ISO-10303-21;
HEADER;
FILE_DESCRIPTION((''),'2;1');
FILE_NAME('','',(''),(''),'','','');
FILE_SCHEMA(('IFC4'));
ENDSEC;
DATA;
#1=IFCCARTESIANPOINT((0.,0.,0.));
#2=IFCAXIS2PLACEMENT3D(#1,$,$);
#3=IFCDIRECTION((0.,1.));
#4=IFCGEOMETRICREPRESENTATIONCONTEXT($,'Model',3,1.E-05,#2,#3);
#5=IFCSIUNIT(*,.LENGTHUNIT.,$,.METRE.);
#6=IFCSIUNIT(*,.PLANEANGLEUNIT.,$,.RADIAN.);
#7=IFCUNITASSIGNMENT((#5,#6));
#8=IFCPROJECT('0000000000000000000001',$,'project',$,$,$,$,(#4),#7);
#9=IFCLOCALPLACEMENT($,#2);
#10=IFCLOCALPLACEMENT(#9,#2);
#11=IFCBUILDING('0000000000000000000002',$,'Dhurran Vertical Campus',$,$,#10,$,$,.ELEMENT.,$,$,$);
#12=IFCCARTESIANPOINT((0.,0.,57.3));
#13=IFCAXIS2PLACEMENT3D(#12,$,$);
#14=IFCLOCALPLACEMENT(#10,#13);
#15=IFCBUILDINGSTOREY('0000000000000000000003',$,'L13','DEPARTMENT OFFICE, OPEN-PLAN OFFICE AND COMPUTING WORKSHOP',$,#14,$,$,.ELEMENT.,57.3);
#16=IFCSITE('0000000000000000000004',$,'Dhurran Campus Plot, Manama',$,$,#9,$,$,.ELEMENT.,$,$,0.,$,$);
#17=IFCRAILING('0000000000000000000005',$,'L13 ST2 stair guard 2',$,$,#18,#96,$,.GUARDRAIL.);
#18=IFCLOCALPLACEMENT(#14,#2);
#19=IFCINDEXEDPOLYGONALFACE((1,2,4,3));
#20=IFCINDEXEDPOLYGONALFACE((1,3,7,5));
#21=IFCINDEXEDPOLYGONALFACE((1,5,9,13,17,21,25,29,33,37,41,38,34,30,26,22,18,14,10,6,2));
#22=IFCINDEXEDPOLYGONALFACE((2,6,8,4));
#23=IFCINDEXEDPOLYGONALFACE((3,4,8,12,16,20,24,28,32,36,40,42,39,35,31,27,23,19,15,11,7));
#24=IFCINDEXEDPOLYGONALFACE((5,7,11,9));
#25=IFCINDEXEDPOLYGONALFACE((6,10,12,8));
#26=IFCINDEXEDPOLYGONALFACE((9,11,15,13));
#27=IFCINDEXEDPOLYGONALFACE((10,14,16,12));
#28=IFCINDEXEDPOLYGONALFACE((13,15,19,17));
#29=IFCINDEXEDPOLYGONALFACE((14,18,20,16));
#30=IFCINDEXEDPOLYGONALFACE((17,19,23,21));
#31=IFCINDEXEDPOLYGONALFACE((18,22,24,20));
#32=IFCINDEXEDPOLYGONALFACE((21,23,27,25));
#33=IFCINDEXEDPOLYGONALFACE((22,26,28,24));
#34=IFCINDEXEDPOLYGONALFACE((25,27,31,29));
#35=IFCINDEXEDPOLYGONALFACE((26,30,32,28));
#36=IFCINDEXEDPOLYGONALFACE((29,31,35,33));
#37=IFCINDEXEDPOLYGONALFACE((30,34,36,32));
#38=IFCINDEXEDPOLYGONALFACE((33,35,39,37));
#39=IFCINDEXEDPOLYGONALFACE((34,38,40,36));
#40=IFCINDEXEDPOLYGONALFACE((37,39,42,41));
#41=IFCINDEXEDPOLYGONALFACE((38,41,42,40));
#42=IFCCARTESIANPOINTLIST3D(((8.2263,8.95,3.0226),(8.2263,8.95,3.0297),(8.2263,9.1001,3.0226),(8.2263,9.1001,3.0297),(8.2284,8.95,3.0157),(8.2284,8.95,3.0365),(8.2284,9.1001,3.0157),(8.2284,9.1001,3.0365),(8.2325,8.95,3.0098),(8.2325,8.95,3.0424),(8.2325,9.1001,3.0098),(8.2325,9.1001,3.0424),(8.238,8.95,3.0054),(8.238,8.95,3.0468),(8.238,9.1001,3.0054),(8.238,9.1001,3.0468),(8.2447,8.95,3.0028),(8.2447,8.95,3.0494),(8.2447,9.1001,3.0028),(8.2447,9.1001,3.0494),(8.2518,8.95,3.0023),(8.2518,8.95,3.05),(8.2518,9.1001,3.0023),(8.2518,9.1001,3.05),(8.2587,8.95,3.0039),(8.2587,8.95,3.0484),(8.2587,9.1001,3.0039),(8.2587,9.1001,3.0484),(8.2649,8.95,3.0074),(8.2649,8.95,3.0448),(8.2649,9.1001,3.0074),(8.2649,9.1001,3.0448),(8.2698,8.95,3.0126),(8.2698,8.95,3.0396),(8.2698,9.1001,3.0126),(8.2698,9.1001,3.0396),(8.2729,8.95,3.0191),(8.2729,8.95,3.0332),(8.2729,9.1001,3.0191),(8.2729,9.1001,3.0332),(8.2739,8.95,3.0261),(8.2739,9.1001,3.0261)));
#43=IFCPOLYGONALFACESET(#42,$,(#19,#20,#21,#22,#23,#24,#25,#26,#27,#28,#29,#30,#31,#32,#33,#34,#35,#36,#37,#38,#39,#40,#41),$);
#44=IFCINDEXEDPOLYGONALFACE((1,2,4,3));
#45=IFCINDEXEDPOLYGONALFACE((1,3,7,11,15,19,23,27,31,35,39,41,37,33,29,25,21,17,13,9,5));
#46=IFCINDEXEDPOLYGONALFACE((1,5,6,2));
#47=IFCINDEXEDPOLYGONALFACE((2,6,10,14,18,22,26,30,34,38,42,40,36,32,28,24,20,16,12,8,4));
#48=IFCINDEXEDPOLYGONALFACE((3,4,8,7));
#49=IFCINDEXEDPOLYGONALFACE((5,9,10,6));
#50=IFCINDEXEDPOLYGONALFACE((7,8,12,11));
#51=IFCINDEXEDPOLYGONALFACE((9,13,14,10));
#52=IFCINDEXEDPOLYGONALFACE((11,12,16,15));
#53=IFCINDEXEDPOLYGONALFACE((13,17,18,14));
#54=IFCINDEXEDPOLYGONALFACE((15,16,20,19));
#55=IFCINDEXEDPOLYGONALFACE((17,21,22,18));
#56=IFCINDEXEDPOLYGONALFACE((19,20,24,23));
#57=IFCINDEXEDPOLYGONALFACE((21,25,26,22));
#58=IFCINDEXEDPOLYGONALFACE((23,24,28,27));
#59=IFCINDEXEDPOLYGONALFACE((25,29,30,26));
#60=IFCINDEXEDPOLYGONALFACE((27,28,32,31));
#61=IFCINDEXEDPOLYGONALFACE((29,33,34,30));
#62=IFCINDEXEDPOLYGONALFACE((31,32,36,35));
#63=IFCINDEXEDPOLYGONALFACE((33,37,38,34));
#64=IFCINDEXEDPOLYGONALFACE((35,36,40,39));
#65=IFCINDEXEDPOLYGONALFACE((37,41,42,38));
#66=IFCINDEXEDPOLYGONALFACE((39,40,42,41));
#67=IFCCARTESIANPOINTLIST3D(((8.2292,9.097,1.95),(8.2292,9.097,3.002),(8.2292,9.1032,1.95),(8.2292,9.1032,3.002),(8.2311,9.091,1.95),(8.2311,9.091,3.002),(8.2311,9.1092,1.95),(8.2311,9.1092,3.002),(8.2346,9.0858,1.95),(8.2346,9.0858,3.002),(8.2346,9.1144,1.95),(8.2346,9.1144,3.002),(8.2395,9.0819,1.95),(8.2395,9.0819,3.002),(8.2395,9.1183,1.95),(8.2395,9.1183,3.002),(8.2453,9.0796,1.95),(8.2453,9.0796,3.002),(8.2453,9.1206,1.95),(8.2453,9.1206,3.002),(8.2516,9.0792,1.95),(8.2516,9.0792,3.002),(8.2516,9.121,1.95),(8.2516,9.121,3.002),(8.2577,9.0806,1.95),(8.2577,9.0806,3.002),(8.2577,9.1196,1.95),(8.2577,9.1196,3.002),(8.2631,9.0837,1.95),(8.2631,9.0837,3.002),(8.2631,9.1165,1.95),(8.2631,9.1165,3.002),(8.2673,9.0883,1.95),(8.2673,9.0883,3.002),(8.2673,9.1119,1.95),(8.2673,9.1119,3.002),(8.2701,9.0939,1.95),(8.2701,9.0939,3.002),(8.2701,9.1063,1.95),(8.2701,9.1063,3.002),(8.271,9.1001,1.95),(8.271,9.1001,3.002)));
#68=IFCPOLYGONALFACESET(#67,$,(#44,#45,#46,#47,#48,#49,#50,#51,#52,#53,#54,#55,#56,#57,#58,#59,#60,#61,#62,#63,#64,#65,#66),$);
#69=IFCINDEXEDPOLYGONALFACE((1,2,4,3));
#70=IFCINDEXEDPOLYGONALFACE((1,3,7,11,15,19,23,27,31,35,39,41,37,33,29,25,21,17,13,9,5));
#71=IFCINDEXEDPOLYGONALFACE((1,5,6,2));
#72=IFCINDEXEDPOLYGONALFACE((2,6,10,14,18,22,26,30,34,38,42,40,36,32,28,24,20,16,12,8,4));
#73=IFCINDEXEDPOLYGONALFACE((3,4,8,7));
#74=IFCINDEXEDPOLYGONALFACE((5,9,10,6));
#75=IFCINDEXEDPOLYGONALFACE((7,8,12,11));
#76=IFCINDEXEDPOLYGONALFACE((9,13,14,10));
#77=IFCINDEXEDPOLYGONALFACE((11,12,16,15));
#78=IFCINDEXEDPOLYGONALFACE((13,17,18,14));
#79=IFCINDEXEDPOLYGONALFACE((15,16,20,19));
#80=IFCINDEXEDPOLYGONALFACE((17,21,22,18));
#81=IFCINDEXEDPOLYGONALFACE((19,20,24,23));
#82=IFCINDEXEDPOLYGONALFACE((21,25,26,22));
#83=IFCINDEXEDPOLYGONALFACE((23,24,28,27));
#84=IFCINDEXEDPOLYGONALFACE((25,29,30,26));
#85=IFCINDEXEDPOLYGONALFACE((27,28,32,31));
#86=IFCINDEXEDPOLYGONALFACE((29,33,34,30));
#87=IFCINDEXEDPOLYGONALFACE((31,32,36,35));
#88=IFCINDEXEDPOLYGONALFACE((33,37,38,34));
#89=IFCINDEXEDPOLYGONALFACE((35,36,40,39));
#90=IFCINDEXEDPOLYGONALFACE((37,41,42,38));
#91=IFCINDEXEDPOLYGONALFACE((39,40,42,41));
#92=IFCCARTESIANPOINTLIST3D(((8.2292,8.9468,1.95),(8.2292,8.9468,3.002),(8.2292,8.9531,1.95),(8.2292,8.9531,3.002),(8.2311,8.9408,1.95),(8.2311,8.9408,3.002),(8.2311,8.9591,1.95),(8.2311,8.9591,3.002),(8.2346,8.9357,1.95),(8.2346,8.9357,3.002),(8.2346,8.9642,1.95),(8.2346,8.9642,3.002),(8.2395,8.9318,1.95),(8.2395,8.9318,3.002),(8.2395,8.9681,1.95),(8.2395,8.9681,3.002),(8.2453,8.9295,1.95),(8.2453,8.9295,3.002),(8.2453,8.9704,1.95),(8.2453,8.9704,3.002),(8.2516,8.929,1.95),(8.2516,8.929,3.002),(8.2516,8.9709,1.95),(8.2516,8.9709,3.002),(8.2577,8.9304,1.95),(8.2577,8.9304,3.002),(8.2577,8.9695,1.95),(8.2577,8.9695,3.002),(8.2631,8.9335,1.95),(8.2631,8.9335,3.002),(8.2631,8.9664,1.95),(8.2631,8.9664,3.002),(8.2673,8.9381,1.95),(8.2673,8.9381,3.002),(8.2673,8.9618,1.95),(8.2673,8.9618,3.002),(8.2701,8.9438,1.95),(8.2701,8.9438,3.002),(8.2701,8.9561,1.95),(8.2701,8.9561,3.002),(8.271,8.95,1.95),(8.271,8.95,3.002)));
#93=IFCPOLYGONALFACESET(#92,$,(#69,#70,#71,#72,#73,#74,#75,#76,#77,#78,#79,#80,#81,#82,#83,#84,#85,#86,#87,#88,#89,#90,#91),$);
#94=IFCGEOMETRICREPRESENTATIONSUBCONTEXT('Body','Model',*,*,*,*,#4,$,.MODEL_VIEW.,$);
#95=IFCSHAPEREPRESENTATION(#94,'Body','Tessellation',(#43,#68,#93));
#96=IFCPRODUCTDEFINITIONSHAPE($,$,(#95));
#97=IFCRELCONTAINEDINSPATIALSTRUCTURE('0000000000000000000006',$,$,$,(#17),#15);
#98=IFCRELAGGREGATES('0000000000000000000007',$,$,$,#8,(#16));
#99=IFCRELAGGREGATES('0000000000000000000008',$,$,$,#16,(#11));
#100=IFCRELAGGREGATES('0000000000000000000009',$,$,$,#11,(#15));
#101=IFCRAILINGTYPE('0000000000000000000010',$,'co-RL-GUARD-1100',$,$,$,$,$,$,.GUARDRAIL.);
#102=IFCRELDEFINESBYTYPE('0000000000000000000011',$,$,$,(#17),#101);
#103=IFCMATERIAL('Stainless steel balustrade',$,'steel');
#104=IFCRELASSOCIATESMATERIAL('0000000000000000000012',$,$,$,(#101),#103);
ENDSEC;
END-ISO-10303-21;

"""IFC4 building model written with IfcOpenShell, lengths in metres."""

from ifc_helpers import new_model, si_unit, direction, frame, origin, origin_2d, place, context, subcontext, project, spatial, circle, extrude, material, type_object, element, save


model = new_model("IFC4")

# Units and contexts
model_context = context("Model", 3, precision=1e-05, world=origin(), true_north=direction((0.0, 1.0)))
body_context = subcontext(model_context, "Body", "Model", "MODEL_VIEW")
ifc_project = project(units=[si_unit("LENGTHUNIT", "METRE"), si_unit("PLANEANGLEUNIT", "RADIAN")], contexts=[model_context])

# Site, building, storey
site_placement = place(None, origin())
site = spatial("IfcSite", under=ifc_project, at=site_placement, Name="Dhurran Campus Plot, Manama", CompositionType="ELEMENT", RefElevation=0.0)
building_placement = place(site_placement, origin())
building = spatial("IfcBuilding", under=site, at=building_placement, Name="Dhurran Vertical Campus", CompositionType="ELEMENT")
storey_placement = place(building_placement, frame((0.0, 0.0, 57.3)))
storey = spatial("IfcBuildingStorey", under=building, at=storey_placement, Name="L13", Description="DEPARTMENT OFFICE, OPEN-PLAN OFFICE AND COMPUTING WORKSHOP", CompositionType="ELEMENT", Elevation=57.3)

# Railing
ifc_material_1 = material(Name="Stainless steel balustrade", Category="steel")
railing_type_1 = type_object("IfcRailingType", Name="co-RL-GUARD-1100", PredefinedType="GUARDRAIL", material=ifc_material_1)
railing_1_placement = place(storey_placement, frame((8.25, 9.1001, 1.95)))
element("IfcRailing", 1, at=railing_1_placement, inside=storey, type_object=railing_type_1, Name="L13 ST2 stair guard 2", PredefinedType="GUARDRAIL", context=body_context, shape_type="SweptSolid", body=[
    extrude(circle(Radius=0.0239, at=origin_2d()), frame((0.0, 0.0, 1.0762), z_axis=(0.0, -1.0, 0.0), x_axis=(1.0, 0.0, 0.0)), (0.0, 0.0, 1.0), 0.1501),
    extrude(circle(Radius=0.021, at=origin_2d()), origin(), (0.0, 0.0, 1.0), 1.052),
    extrude(circle(Radius=0.021, at=origin_2d()), frame((0.0, -0.1501, 0.0)), (0.0, 0.0, 1.0), 1.052),
])

save(model, "model.ifc")
